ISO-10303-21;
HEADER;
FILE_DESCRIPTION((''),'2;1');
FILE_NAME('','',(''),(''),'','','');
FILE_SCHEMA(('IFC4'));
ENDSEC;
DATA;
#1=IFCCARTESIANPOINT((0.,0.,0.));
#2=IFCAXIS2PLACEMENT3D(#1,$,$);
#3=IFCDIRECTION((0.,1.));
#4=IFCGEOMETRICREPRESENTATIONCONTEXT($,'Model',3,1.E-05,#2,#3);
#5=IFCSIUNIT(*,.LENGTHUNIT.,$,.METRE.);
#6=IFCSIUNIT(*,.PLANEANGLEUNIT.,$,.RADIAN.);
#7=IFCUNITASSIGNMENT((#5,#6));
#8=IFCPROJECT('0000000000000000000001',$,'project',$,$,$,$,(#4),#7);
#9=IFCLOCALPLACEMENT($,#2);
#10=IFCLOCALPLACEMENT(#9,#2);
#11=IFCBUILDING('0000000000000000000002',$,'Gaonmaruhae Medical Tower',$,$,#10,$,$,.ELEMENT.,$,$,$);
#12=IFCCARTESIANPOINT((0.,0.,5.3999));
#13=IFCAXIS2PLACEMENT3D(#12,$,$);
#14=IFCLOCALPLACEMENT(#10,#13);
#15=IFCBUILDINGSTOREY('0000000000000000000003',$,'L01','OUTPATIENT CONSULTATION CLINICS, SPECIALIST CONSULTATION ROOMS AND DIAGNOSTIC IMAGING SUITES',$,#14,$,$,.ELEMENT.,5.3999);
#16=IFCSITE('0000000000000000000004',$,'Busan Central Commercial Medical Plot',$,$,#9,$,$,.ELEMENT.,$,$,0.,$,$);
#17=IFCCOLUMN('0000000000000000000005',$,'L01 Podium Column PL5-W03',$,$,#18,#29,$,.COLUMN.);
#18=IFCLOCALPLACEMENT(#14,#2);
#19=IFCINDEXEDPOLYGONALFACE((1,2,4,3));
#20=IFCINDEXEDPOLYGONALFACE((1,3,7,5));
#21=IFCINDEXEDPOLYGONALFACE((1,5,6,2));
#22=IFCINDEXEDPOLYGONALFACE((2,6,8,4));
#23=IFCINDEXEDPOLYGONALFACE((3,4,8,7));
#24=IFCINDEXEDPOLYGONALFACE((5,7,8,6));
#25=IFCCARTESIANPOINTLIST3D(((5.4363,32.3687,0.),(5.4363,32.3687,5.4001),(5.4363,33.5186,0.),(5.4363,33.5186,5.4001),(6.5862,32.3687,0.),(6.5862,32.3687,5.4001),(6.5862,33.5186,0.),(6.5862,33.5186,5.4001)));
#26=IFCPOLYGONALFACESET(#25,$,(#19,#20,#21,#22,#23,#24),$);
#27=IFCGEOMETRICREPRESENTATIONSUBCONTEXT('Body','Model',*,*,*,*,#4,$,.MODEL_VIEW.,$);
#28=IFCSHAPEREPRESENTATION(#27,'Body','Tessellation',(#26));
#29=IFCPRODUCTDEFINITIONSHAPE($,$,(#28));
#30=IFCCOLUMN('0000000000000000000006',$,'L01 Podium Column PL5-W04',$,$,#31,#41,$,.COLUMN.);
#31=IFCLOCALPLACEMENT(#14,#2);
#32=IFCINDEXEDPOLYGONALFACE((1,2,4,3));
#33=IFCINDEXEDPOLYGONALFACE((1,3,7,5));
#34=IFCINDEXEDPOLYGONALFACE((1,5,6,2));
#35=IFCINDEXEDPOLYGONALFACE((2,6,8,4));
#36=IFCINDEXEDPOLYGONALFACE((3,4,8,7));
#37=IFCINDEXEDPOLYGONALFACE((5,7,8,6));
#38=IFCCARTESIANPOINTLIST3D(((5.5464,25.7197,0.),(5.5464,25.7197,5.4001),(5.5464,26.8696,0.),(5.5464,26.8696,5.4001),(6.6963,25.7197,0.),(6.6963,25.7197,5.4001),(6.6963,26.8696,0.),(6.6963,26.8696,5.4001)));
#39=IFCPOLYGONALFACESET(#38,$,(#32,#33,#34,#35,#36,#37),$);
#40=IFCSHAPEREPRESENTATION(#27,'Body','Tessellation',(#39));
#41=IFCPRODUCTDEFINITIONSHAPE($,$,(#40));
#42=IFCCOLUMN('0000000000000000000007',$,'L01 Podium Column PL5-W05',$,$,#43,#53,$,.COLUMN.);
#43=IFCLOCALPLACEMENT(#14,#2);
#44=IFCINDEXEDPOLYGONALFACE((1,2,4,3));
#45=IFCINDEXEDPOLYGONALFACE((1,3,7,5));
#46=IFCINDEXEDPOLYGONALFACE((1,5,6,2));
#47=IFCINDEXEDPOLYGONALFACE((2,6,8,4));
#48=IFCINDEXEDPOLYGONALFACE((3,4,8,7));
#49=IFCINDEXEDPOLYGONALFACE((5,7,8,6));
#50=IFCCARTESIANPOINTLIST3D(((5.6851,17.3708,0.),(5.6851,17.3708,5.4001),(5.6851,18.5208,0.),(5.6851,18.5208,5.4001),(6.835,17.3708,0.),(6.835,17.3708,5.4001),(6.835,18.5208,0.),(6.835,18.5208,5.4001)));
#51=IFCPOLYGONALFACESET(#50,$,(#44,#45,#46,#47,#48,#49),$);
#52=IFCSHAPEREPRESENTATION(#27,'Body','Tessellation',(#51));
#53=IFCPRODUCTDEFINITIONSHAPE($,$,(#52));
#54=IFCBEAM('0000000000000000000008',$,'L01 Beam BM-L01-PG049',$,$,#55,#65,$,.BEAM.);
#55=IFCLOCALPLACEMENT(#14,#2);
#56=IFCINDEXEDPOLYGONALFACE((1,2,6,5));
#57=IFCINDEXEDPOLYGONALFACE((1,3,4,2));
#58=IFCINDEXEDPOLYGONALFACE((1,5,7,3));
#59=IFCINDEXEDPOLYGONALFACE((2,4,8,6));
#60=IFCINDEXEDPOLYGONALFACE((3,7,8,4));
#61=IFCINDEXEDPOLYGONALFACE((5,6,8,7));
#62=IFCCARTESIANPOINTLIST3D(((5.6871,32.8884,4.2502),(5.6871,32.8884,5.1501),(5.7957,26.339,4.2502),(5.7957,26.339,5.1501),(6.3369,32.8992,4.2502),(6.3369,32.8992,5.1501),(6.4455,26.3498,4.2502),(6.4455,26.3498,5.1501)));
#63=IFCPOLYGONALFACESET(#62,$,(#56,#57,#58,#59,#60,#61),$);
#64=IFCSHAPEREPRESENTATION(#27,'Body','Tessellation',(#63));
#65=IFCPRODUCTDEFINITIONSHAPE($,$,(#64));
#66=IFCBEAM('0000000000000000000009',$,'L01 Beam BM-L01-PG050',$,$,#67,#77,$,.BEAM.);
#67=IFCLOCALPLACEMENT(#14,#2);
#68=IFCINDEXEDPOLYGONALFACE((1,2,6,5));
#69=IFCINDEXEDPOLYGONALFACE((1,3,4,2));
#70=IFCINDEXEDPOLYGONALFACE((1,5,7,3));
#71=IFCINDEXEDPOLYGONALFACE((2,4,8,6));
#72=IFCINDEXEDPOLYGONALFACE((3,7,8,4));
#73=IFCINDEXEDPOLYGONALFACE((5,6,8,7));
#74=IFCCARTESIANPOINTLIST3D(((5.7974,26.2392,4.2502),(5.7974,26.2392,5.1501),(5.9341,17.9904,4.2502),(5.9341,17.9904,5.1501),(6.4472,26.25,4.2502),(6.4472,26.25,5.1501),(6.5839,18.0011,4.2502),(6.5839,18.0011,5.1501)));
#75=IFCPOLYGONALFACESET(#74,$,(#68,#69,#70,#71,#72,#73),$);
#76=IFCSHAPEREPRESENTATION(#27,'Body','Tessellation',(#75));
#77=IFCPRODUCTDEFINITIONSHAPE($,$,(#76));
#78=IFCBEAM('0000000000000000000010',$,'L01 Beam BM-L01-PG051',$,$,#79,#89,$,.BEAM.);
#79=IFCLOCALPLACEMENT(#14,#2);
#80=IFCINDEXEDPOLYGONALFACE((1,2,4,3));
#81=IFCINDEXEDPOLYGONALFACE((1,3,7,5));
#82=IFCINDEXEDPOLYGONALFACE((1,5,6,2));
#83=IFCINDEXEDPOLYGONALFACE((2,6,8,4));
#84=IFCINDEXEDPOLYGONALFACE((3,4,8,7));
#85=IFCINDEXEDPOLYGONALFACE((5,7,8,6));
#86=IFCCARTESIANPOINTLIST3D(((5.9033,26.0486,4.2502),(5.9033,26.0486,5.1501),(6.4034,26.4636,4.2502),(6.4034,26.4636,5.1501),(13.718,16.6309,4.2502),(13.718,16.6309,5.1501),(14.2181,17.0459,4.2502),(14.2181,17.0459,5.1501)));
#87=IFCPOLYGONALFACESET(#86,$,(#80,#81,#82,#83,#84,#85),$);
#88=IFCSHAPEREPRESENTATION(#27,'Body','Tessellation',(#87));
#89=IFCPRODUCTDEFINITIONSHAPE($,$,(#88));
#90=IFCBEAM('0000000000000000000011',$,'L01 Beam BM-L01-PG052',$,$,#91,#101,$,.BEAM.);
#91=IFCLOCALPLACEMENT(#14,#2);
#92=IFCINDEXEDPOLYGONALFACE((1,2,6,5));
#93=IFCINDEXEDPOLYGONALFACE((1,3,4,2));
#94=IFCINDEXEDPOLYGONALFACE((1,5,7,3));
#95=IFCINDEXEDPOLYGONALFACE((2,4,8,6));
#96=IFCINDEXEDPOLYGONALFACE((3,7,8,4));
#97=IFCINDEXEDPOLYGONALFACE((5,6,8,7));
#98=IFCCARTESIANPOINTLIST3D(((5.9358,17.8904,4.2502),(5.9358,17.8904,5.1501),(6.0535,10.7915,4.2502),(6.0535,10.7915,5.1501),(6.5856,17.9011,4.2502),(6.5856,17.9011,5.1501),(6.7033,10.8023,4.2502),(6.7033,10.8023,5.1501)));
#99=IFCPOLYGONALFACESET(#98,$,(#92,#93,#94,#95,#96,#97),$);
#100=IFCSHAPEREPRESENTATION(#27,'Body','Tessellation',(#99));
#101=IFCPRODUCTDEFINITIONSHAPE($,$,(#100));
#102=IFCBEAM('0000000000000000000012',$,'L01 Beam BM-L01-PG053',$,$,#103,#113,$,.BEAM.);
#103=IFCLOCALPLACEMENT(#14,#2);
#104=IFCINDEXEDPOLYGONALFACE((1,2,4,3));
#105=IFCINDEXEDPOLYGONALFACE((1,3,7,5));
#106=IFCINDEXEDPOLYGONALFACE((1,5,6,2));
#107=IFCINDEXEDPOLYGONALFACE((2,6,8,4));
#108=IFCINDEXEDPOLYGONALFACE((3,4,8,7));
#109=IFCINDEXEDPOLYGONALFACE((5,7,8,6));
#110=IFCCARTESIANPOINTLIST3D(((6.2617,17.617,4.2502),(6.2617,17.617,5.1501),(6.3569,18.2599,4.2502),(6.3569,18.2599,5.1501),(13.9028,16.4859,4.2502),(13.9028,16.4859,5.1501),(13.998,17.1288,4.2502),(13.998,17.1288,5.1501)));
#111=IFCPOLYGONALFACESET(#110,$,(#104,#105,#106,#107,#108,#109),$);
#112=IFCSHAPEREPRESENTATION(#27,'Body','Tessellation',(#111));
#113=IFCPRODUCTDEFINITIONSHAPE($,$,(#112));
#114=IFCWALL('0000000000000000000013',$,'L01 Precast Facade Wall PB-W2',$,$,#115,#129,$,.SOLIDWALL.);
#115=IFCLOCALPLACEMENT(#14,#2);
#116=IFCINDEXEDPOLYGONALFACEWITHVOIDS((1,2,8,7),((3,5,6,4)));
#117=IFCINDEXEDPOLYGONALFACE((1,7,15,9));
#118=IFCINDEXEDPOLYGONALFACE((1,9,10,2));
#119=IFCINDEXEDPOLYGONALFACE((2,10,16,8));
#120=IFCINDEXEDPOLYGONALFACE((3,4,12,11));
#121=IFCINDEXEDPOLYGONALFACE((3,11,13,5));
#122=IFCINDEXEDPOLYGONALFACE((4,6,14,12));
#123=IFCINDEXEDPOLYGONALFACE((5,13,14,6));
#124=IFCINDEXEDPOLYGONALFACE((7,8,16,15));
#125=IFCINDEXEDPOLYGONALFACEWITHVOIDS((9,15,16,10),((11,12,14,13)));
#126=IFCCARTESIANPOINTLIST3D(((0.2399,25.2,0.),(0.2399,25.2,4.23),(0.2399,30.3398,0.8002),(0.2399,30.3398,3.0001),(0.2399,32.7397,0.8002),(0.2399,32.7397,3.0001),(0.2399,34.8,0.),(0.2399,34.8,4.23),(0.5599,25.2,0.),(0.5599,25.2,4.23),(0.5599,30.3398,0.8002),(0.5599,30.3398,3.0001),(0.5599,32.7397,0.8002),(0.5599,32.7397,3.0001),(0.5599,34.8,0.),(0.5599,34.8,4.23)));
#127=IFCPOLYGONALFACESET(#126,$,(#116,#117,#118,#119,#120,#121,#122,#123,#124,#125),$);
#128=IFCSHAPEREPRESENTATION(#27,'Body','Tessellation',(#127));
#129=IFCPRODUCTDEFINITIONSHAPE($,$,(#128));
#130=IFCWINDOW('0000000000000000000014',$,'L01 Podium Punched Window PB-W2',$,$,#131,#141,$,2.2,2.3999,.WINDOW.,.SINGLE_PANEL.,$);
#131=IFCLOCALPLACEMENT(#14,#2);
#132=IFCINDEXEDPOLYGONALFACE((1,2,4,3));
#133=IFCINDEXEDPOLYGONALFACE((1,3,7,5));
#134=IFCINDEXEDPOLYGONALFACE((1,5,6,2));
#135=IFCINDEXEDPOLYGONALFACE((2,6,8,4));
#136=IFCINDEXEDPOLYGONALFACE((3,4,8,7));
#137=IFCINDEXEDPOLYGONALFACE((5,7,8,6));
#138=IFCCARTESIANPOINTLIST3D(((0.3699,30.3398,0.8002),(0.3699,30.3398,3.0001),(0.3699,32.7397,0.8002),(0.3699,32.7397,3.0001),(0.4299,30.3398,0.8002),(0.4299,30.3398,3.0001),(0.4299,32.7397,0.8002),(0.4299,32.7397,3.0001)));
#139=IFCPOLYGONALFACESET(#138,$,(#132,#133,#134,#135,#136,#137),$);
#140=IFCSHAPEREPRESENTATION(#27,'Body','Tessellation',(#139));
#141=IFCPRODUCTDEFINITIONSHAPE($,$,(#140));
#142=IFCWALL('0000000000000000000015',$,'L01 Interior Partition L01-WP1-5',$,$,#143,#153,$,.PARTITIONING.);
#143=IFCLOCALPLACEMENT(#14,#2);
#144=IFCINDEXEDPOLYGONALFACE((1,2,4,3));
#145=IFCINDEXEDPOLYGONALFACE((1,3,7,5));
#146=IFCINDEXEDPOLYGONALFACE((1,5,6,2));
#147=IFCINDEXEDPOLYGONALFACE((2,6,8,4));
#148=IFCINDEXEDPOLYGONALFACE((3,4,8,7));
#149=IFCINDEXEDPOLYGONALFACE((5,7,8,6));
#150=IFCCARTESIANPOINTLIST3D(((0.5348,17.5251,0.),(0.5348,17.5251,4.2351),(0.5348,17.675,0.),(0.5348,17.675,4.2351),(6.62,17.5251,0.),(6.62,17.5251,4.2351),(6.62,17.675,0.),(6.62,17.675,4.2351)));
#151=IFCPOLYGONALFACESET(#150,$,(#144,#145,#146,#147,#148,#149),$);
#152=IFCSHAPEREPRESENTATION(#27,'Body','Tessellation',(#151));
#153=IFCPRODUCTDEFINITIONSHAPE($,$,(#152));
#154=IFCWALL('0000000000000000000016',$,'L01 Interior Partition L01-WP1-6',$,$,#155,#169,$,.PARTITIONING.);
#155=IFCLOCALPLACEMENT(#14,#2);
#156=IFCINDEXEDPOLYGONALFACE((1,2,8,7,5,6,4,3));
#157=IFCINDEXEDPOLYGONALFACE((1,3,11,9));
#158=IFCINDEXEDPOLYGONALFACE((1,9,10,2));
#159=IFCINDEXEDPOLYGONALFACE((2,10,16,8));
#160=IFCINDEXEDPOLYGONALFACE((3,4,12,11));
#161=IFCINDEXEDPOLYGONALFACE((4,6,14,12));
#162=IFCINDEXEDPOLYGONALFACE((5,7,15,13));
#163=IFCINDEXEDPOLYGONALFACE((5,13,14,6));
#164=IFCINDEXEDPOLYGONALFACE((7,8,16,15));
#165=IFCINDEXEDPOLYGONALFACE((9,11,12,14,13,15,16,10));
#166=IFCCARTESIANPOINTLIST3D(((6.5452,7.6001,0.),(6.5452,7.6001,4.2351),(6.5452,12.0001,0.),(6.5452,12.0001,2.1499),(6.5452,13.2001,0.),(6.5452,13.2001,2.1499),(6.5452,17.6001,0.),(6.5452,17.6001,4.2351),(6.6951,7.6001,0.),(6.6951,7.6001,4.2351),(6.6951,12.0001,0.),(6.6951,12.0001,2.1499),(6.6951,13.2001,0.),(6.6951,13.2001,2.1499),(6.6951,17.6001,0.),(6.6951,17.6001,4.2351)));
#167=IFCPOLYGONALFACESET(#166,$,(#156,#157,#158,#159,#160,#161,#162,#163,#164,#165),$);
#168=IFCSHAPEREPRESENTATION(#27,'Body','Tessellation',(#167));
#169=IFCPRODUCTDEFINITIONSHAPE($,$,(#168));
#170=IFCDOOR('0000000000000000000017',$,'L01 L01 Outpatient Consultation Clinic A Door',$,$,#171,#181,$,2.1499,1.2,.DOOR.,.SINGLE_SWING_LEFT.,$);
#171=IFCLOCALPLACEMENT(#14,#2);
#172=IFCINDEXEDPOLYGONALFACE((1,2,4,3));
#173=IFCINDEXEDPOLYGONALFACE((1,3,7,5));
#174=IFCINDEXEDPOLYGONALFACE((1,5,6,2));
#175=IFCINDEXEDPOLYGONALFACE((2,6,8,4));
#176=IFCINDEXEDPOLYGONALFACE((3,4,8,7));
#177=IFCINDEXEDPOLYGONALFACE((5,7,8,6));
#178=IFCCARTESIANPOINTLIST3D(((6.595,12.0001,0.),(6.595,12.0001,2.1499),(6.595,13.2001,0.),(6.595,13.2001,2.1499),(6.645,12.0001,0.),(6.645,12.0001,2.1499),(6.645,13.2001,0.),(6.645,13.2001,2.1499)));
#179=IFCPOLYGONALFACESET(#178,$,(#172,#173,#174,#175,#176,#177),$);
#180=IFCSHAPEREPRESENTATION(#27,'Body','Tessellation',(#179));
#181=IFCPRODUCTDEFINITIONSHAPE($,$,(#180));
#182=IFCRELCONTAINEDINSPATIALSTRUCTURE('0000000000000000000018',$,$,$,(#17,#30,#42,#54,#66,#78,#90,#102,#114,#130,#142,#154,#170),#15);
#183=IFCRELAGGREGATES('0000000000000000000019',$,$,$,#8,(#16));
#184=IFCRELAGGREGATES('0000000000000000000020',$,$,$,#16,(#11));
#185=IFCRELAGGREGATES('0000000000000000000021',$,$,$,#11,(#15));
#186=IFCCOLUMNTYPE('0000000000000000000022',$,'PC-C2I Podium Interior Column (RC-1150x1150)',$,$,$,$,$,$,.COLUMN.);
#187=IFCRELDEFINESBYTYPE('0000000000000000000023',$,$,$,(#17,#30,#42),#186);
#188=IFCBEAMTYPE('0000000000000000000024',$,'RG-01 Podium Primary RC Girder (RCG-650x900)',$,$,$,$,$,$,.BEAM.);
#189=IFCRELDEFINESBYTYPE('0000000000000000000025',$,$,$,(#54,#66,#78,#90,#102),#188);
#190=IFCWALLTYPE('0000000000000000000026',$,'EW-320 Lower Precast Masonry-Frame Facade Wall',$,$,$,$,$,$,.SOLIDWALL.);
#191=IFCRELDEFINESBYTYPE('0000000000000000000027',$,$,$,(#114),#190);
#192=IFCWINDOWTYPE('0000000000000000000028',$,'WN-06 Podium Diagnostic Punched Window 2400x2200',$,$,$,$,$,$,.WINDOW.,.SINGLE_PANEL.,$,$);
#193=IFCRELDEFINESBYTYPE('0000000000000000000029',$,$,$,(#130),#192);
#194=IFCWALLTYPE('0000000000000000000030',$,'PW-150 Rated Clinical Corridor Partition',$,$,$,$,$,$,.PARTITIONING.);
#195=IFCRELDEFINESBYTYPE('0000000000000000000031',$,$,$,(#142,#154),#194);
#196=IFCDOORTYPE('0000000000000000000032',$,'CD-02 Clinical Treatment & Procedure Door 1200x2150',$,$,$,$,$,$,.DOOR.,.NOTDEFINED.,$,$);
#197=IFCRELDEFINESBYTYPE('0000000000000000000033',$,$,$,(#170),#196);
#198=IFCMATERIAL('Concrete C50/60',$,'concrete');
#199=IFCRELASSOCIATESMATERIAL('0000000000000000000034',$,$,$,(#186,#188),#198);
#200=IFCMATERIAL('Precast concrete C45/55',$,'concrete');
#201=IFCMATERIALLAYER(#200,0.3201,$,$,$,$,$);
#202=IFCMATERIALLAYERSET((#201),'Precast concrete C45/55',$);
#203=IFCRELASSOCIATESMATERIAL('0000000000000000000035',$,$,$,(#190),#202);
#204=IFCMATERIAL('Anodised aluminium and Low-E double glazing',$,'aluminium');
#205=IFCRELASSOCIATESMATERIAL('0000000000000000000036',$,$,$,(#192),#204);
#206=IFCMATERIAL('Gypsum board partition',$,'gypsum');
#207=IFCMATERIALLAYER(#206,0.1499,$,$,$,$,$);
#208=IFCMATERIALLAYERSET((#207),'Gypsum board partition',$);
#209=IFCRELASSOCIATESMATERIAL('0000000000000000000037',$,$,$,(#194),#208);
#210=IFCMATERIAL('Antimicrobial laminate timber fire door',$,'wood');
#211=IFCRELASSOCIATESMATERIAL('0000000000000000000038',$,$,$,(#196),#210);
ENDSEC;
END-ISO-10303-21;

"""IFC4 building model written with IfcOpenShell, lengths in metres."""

from ifc_helpers import new_model, si_unit, direction, frame, frame_2d, origin, origin_2d, place, context, subcontext, project, spatial, rectangle, extrude, material, layer, layer_set, material_profile, profile_set, type_object, element, fill, save


model = new_model("IFC4")

# Units and contexts
model_context = context("Model", 3, precision=1e-05, world=origin(), true_north=direction((0.0, 1.0)))
body_context = subcontext(model_context, "Body", "Model", "MODEL_VIEW")
ifc_project = project(units=[si_unit("LENGTHUNIT", "METRE"), si_unit("PLANEANGLEUNIT", "RADIAN")], contexts=[model_context])

# Site, building, storey
site_placement = place(None, origin())
site = spatial("IfcSite", under=ifc_project, at=site_placement, Name="Busan Central Commercial Medical Plot", CompositionType="ELEMENT", RefElevation=0.0)
building_placement = place(site_placement, origin())
building = spatial("IfcBuilding", under=site, at=building_placement, Name="Gaonmaruhae Medical Tower", CompositionType="ELEMENT")
storey_placement = place(building_placement, frame((0.0, 0.0, 5.3999)))
storey = spatial("IfcBuildingStorey", under=building, at=storey_placement, Name="L01", Description="OUTPATIENT CONSULTATION CLINICS, SPECIALIST CONSULTATION ROOMS AND DIAGNOSTIC IMAGING SUITES", CompositionType="ELEMENT", Elevation=5.3999)

# Columns
ifc_material_1 = material(Name="Concrete C50/60", Category="concrete")
ifc_material_profile_1 = material_profile(ifc_material_1, rectangle(XDim=1.1499, YDim=1.1499, at=origin_2d()), Name="RC-1150x1150")
ifc_profile_set_1 = profile_set([ifc_material_profile_1], Name="Concrete C50/60")
column_type = type_object("IfcColumnType", Name="PC-C2I Podium Interior Column (RC-1150x1150)", PredefinedType="COLUMN", material=ifc_profile_set_1)
for number, where, z_axis, x_axis, name in (
    (1, (6.0112, 32.9436, 0.0), (0.0, 0.0, 1.0), (1.0, 0.0, 0.0), "L01 Podium Column PL5-W03"),
    (2, (6.1213, 26.2947, 0.0), (0.0, 0.0, 1.0), (1.0, 0.0, 0.0), "L01 Podium Column PL5-W04"),
    (3, (6.26, 17.9458, 0.0), (0.0, 0.0, 1.0), (1.0, 0.0, 0.0), "L01 Podium Column PL5-W05"),
):
    element("IfcColumn", number, at=place(storey_placement, frame(where, z_axis=z_axis, x_axis=x_axis)), inside=storey, type_object=column_type, Name=name, PredefinedType="COLUMN", context=body_context, shape_type="SweptSolid", body=[
        extrude(rectangle(XDim=1.1499, YDim=1.1499, at=origin_2d()), origin(), (0.0, 0.0, 1.0), 5.4001),
    ])

# Beams
ifc_material_profile_2 = material_profile(ifc_material_1, rectangle(XDim=0.6499, YDim=0.8999, at=origin_2d()), Name="RCG-650x900")
ifc_profile_set_2 = profile_set([ifc_material_profile_2], Name="Concrete C50/60")
beam_type = type_object("IfcBeamType", Name="RG-01 Podium Primary RC Girder (RCG-650x900)", PredefinedType="BEAM", material=ifc_profile_set_2)
beam_1_placement = place(storey_placement, frame((6.012, 32.8938, 4.7002), z_axis=(0.016586, -0.999862, 0.0), x_axis=(0.999862, 0.016586, 0.0)))
element("IfcBeam", 4, at=beam_1_placement, inside=storey, type_object=beam_type, Name="L01 Beam BM-L01-PG049", PredefinedType="BEAM", context=body_context, shape_type="SweptSolid", body=[
    extrude(rectangle(XDim=0.6499, YDim=0.8999, at=origin_2d()), origin(), (0.0, 0.0, 1.0), 6.5503),
])
beam_2_placement = place(storey_placement, frame((6.1223, 26.2446, 4.7002), z_axis=(0.016572, -0.999863, 0.0), x_axis=(0.999863, 0.016572, 0.0)))
element("IfcBeam", 5, at=beam_2_placement, inside=storey, type_object=beam_type, Name="L01 Beam BM-L01-PG050", PredefinedType="BEAM", context=body_context, shape_type="SweptSolid", body=[
    extrude(rectangle(XDim=0.6499, YDim=0.8999, at=origin_2d()), origin(), (0.0, 0.0, 1.0), 8.25),
])
beam_3_placement = place(storey_placement, frame((6.1533, 26.2561, 4.7002), z_axis=(0.638572, -0.769562, 0.0), x_axis=(0.769562, 0.638572, 0.0)))
element("IfcBeam", 6, at=beam_3_placement, inside=storey, type_object=beam_type, Name="L01 Beam BM-L01-PG051", PredefinedType="BEAM", context=body_context, shape_type="SweptSolid", body=[
    extrude(rectangle(XDim=0.6499, YDim=0.8999, at=origin_2d()), origin(), (0.0, 0.0, 1.0), 12.2378),
])
beam_4_placement = place(storey_placement, frame((6.2607, 17.8958, 4.7002), z_axis=(0.016574, -0.999863, 0.0), x_axis=(0.999863, 0.016574, 0.0)))
element("IfcBeam", 7, at=beam_4_placement, inside=storey, type_object=beam_type, Name="L01 Beam BM-L01-PG052", PredefinedType="BEAM", context=body_context, shape_type="SweptSolid", body=[
    extrude(rectangle(XDim=0.6499, YDim=0.8999, at=origin_2d()), origin(), (0.0, 0.0, 1.0), 7.0999),
])
beam_5_placement = place(storey_placement, frame((6.3093, 17.9385, 4.7002), z_axis=(0.989221, -0.146433, 0.0), x_axis=(0.146433, 0.989221, 0.0)))
element("IfcBeam", 8, at=beam_5_placement, inside=storey, type_object=beam_type, Name="L01 Beam BM-L01-PG053", PredefinedType="BEAM", context=body_context, shape_type="SweptSolid", body=[
    extrude(rectangle(XDim=0.6499, YDim=0.8999, at=origin_2d()), origin(), (0.0, 0.0, 1.0), 7.7244),
])

# Wall, opening, window
ifc_material_2 = material(Name="Precast concrete C45/55", Category="concrete")
ifc_layer_1 = layer(ifc_material_2, 0.3201)
ifc_layer_set_1 = layer_set([ifc_layer_1], Name="Precast concrete C45/55")
wall_type_1 = type_object("IfcWallType", Name="EW-320 Lower Precast Masonry-Frame Facade Wall", PredefinedType="SOLIDWALL", material=ifc_layer_set_1)
wall_1_placement = place(storey_placement, frame((0.3999, 25.2, 0.0), z_axis=(0.0, 0.0, 1.0), x_axis=(0.0, 1.0, 0.0)))
wall_1 = element("IfcWall", 9, at=wall_1_placement, inside=storey, type_object=wall_type_1, Name="L01 Precast Facade Wall PB-W2", PredefinedType="SOLIDWALL", context=body_context, shape_type="SweptSolid", body=[
    extrude(rectangle(XDim=9.6001, YDim=0.3201, at=frame_2d((4.8, 0.0))), origin(), (0.0, 0.0, 1.0), 4.23),
])
opening_1_placement = place(wall_1_placement, frame((5.1399, 0.0, 0.8)))
opening_1 = element("IfcOpeningElement", 10, at=opening_1_placement, cuts=wall_1, PredefinedType="OPENING", context=body_context, shape_type="SweptSolid", body=[
    extrude(rectangle(XDim=2.3999, YDim=2.2, at=frame_2d((1.2, 1.1001))), frame((0.0, 0.1699, 0.0), z_axis=(0.0, -1.0, 0.0), x_axis=(1.0, 0.0, 0.0)), (0.0, 0.0, 1.0), 0.3401),
])
ifc_material_3 = material(Name="Anodised aluminium and Low-E double glazing", Category="aluminium")
window_type = type_object("IfcWindowType", Name="WN-06 Podium Diagnostic Punched Window 2400x2200", PartitioningType="SINGLE_PANEL", PredefinedType="WINDOW", material=ifc_material_3)
window_placement = place(opening_1_placement, origin())
window = element("IfcWindow", 11, at=window_placement, inside=storey, type_object=window_type, Name="L01 Podium Punched Window PB-W2", OverallHeight=2.2, OverallWidth=2.3999, PartitioningType="SINGLE_PANEL", PredefinedType="WINDOW", context=body_context, shape_type="SweptSolid", body=[
    extrude(rectangle(XDim=2.3999, YDim=2.2, at=frame_2d((1.2, 1.1001))), frame((0.0, 0.03, 0.0), z_axis=(0.0, -1.0, 0.0), x_axis=(1.0, 0.0, 0.0)), (0.0, 0.0, 1.0), 0.0601),
])
fill(opening_1, window)

# Wall
ifc_material_4 = material(Name="Gypsum board partition", Category="gypsum")
ifc_layer_2 = layer(ifc_material_4, 0.1499)
ifc_layer_set_2 = layer_set([ifc_layer_2], Name="Gypsum board partition")
wall_type_2 = type_object("IfcWallType", Name="PW-150 Rated Clinical Corridor Partition", PredefinedType="PARTITIONING", material=ifc_layer_set_2)
wall_2_placement = place(storey_placement, frame((0.5349, 17.6001, 0.0), z_axis=(0.0, 0.0, 1.0), x_axis=(1.0, 0.0, 0.0)))
element("IfcWall", 12, at=wall_2_placement, inside=storey, type_object=wall_type_2, Name="L01 Interior Partition L01-WP1-5", PredefinedType="PARTITIONING", context=body_context, shape_type="SweptSolid", body=[
    extrude(rectangle(XDim=6.0852, YDim=0.1499, at=frame_2d((3.0425, 0.0))), origin(), (0.0, 0.0, 1.0), 4.2351),
])

# Wall, opening, door
wall_3_placement = place(storey_placement, frame((6.6201, 17.6001, 0.0), z_axis=(0.0, 0.0, 1.0), x_axis=(0.0, -1.0, 0.0)))
wall_3 = element("IfcWall", 13, at=wall_3_placement, inside=storey, type_object=wall_type_2, Name="L01 Interior Partition L01-WP1-6", PredefinedType="PARTITIONING", context=body_context, shape_type="SweptSolid", body=[
    extrude(rectangle(XDim=10.0, YDim=0.1499, at=frame_2d((5.0, 0.0))), origin(), (0.0, 0.0, 1.0), 4.2351),
])
opening_2_placement = place(wall_3_placement, frame((4.3999, 0.0, 0.0)))
opening_2 = element("IfcOpeningElement", 14, at=opening_2_placement, cuts=wall_3, PredefinedType="OPENING", context=body_context, shape_type="SweptSolid", body=[
    extrude(rectangle(XDim=1.2, YDim=2.1499, at=frame_2d((0.6001, 1.075))), frame((0.0, 0.085, 0.0), z_axis=(0.0, -1.0, 0.0), x_axis=(1.0, 0.0, 0.0)), (0.0, 0.0, 1.0), 0.1699),
])
ifc_material_5 = material(Name="Antimicrobial laminate timber fire door", Category="wood")
door_type = type_object("IfcDoorType", Name="CD-02 Clinical Treatment & Procedure Door 1200x2150", OperationType="NOTDEFINED", PredefinedType="DOOR", material=ifc_material_5)
door_1_placement = place(opening_2_placement, origin())
door_1 = element("IfcDoor", 15, at=door_1_placement, inside=storey, type_object=door_type, Name="L01 L01 Outpatient Consultation Clinic A Door", OperationType="SINGLE_SWING_LEFT", OverallHeight=2.1499, OverallWidth=1.2, PredefinedType="DOOR", context=body_context, shape_type="SweptSolid", body=[
    extrude(rectangle(XDim=1.2, YDim=2.1499, at=frame_2d((0.6001, 1.075))), frame((0.0, 0.0249, 0.0), z_axis=(0.0, -1.0, 0.0), x_axis=(1.0, 0.0, 0.0)), (0.0, 0.0, 1.0), 0.05),
])
fill(opening_2, door_1)

save(model, "model.ifc")
